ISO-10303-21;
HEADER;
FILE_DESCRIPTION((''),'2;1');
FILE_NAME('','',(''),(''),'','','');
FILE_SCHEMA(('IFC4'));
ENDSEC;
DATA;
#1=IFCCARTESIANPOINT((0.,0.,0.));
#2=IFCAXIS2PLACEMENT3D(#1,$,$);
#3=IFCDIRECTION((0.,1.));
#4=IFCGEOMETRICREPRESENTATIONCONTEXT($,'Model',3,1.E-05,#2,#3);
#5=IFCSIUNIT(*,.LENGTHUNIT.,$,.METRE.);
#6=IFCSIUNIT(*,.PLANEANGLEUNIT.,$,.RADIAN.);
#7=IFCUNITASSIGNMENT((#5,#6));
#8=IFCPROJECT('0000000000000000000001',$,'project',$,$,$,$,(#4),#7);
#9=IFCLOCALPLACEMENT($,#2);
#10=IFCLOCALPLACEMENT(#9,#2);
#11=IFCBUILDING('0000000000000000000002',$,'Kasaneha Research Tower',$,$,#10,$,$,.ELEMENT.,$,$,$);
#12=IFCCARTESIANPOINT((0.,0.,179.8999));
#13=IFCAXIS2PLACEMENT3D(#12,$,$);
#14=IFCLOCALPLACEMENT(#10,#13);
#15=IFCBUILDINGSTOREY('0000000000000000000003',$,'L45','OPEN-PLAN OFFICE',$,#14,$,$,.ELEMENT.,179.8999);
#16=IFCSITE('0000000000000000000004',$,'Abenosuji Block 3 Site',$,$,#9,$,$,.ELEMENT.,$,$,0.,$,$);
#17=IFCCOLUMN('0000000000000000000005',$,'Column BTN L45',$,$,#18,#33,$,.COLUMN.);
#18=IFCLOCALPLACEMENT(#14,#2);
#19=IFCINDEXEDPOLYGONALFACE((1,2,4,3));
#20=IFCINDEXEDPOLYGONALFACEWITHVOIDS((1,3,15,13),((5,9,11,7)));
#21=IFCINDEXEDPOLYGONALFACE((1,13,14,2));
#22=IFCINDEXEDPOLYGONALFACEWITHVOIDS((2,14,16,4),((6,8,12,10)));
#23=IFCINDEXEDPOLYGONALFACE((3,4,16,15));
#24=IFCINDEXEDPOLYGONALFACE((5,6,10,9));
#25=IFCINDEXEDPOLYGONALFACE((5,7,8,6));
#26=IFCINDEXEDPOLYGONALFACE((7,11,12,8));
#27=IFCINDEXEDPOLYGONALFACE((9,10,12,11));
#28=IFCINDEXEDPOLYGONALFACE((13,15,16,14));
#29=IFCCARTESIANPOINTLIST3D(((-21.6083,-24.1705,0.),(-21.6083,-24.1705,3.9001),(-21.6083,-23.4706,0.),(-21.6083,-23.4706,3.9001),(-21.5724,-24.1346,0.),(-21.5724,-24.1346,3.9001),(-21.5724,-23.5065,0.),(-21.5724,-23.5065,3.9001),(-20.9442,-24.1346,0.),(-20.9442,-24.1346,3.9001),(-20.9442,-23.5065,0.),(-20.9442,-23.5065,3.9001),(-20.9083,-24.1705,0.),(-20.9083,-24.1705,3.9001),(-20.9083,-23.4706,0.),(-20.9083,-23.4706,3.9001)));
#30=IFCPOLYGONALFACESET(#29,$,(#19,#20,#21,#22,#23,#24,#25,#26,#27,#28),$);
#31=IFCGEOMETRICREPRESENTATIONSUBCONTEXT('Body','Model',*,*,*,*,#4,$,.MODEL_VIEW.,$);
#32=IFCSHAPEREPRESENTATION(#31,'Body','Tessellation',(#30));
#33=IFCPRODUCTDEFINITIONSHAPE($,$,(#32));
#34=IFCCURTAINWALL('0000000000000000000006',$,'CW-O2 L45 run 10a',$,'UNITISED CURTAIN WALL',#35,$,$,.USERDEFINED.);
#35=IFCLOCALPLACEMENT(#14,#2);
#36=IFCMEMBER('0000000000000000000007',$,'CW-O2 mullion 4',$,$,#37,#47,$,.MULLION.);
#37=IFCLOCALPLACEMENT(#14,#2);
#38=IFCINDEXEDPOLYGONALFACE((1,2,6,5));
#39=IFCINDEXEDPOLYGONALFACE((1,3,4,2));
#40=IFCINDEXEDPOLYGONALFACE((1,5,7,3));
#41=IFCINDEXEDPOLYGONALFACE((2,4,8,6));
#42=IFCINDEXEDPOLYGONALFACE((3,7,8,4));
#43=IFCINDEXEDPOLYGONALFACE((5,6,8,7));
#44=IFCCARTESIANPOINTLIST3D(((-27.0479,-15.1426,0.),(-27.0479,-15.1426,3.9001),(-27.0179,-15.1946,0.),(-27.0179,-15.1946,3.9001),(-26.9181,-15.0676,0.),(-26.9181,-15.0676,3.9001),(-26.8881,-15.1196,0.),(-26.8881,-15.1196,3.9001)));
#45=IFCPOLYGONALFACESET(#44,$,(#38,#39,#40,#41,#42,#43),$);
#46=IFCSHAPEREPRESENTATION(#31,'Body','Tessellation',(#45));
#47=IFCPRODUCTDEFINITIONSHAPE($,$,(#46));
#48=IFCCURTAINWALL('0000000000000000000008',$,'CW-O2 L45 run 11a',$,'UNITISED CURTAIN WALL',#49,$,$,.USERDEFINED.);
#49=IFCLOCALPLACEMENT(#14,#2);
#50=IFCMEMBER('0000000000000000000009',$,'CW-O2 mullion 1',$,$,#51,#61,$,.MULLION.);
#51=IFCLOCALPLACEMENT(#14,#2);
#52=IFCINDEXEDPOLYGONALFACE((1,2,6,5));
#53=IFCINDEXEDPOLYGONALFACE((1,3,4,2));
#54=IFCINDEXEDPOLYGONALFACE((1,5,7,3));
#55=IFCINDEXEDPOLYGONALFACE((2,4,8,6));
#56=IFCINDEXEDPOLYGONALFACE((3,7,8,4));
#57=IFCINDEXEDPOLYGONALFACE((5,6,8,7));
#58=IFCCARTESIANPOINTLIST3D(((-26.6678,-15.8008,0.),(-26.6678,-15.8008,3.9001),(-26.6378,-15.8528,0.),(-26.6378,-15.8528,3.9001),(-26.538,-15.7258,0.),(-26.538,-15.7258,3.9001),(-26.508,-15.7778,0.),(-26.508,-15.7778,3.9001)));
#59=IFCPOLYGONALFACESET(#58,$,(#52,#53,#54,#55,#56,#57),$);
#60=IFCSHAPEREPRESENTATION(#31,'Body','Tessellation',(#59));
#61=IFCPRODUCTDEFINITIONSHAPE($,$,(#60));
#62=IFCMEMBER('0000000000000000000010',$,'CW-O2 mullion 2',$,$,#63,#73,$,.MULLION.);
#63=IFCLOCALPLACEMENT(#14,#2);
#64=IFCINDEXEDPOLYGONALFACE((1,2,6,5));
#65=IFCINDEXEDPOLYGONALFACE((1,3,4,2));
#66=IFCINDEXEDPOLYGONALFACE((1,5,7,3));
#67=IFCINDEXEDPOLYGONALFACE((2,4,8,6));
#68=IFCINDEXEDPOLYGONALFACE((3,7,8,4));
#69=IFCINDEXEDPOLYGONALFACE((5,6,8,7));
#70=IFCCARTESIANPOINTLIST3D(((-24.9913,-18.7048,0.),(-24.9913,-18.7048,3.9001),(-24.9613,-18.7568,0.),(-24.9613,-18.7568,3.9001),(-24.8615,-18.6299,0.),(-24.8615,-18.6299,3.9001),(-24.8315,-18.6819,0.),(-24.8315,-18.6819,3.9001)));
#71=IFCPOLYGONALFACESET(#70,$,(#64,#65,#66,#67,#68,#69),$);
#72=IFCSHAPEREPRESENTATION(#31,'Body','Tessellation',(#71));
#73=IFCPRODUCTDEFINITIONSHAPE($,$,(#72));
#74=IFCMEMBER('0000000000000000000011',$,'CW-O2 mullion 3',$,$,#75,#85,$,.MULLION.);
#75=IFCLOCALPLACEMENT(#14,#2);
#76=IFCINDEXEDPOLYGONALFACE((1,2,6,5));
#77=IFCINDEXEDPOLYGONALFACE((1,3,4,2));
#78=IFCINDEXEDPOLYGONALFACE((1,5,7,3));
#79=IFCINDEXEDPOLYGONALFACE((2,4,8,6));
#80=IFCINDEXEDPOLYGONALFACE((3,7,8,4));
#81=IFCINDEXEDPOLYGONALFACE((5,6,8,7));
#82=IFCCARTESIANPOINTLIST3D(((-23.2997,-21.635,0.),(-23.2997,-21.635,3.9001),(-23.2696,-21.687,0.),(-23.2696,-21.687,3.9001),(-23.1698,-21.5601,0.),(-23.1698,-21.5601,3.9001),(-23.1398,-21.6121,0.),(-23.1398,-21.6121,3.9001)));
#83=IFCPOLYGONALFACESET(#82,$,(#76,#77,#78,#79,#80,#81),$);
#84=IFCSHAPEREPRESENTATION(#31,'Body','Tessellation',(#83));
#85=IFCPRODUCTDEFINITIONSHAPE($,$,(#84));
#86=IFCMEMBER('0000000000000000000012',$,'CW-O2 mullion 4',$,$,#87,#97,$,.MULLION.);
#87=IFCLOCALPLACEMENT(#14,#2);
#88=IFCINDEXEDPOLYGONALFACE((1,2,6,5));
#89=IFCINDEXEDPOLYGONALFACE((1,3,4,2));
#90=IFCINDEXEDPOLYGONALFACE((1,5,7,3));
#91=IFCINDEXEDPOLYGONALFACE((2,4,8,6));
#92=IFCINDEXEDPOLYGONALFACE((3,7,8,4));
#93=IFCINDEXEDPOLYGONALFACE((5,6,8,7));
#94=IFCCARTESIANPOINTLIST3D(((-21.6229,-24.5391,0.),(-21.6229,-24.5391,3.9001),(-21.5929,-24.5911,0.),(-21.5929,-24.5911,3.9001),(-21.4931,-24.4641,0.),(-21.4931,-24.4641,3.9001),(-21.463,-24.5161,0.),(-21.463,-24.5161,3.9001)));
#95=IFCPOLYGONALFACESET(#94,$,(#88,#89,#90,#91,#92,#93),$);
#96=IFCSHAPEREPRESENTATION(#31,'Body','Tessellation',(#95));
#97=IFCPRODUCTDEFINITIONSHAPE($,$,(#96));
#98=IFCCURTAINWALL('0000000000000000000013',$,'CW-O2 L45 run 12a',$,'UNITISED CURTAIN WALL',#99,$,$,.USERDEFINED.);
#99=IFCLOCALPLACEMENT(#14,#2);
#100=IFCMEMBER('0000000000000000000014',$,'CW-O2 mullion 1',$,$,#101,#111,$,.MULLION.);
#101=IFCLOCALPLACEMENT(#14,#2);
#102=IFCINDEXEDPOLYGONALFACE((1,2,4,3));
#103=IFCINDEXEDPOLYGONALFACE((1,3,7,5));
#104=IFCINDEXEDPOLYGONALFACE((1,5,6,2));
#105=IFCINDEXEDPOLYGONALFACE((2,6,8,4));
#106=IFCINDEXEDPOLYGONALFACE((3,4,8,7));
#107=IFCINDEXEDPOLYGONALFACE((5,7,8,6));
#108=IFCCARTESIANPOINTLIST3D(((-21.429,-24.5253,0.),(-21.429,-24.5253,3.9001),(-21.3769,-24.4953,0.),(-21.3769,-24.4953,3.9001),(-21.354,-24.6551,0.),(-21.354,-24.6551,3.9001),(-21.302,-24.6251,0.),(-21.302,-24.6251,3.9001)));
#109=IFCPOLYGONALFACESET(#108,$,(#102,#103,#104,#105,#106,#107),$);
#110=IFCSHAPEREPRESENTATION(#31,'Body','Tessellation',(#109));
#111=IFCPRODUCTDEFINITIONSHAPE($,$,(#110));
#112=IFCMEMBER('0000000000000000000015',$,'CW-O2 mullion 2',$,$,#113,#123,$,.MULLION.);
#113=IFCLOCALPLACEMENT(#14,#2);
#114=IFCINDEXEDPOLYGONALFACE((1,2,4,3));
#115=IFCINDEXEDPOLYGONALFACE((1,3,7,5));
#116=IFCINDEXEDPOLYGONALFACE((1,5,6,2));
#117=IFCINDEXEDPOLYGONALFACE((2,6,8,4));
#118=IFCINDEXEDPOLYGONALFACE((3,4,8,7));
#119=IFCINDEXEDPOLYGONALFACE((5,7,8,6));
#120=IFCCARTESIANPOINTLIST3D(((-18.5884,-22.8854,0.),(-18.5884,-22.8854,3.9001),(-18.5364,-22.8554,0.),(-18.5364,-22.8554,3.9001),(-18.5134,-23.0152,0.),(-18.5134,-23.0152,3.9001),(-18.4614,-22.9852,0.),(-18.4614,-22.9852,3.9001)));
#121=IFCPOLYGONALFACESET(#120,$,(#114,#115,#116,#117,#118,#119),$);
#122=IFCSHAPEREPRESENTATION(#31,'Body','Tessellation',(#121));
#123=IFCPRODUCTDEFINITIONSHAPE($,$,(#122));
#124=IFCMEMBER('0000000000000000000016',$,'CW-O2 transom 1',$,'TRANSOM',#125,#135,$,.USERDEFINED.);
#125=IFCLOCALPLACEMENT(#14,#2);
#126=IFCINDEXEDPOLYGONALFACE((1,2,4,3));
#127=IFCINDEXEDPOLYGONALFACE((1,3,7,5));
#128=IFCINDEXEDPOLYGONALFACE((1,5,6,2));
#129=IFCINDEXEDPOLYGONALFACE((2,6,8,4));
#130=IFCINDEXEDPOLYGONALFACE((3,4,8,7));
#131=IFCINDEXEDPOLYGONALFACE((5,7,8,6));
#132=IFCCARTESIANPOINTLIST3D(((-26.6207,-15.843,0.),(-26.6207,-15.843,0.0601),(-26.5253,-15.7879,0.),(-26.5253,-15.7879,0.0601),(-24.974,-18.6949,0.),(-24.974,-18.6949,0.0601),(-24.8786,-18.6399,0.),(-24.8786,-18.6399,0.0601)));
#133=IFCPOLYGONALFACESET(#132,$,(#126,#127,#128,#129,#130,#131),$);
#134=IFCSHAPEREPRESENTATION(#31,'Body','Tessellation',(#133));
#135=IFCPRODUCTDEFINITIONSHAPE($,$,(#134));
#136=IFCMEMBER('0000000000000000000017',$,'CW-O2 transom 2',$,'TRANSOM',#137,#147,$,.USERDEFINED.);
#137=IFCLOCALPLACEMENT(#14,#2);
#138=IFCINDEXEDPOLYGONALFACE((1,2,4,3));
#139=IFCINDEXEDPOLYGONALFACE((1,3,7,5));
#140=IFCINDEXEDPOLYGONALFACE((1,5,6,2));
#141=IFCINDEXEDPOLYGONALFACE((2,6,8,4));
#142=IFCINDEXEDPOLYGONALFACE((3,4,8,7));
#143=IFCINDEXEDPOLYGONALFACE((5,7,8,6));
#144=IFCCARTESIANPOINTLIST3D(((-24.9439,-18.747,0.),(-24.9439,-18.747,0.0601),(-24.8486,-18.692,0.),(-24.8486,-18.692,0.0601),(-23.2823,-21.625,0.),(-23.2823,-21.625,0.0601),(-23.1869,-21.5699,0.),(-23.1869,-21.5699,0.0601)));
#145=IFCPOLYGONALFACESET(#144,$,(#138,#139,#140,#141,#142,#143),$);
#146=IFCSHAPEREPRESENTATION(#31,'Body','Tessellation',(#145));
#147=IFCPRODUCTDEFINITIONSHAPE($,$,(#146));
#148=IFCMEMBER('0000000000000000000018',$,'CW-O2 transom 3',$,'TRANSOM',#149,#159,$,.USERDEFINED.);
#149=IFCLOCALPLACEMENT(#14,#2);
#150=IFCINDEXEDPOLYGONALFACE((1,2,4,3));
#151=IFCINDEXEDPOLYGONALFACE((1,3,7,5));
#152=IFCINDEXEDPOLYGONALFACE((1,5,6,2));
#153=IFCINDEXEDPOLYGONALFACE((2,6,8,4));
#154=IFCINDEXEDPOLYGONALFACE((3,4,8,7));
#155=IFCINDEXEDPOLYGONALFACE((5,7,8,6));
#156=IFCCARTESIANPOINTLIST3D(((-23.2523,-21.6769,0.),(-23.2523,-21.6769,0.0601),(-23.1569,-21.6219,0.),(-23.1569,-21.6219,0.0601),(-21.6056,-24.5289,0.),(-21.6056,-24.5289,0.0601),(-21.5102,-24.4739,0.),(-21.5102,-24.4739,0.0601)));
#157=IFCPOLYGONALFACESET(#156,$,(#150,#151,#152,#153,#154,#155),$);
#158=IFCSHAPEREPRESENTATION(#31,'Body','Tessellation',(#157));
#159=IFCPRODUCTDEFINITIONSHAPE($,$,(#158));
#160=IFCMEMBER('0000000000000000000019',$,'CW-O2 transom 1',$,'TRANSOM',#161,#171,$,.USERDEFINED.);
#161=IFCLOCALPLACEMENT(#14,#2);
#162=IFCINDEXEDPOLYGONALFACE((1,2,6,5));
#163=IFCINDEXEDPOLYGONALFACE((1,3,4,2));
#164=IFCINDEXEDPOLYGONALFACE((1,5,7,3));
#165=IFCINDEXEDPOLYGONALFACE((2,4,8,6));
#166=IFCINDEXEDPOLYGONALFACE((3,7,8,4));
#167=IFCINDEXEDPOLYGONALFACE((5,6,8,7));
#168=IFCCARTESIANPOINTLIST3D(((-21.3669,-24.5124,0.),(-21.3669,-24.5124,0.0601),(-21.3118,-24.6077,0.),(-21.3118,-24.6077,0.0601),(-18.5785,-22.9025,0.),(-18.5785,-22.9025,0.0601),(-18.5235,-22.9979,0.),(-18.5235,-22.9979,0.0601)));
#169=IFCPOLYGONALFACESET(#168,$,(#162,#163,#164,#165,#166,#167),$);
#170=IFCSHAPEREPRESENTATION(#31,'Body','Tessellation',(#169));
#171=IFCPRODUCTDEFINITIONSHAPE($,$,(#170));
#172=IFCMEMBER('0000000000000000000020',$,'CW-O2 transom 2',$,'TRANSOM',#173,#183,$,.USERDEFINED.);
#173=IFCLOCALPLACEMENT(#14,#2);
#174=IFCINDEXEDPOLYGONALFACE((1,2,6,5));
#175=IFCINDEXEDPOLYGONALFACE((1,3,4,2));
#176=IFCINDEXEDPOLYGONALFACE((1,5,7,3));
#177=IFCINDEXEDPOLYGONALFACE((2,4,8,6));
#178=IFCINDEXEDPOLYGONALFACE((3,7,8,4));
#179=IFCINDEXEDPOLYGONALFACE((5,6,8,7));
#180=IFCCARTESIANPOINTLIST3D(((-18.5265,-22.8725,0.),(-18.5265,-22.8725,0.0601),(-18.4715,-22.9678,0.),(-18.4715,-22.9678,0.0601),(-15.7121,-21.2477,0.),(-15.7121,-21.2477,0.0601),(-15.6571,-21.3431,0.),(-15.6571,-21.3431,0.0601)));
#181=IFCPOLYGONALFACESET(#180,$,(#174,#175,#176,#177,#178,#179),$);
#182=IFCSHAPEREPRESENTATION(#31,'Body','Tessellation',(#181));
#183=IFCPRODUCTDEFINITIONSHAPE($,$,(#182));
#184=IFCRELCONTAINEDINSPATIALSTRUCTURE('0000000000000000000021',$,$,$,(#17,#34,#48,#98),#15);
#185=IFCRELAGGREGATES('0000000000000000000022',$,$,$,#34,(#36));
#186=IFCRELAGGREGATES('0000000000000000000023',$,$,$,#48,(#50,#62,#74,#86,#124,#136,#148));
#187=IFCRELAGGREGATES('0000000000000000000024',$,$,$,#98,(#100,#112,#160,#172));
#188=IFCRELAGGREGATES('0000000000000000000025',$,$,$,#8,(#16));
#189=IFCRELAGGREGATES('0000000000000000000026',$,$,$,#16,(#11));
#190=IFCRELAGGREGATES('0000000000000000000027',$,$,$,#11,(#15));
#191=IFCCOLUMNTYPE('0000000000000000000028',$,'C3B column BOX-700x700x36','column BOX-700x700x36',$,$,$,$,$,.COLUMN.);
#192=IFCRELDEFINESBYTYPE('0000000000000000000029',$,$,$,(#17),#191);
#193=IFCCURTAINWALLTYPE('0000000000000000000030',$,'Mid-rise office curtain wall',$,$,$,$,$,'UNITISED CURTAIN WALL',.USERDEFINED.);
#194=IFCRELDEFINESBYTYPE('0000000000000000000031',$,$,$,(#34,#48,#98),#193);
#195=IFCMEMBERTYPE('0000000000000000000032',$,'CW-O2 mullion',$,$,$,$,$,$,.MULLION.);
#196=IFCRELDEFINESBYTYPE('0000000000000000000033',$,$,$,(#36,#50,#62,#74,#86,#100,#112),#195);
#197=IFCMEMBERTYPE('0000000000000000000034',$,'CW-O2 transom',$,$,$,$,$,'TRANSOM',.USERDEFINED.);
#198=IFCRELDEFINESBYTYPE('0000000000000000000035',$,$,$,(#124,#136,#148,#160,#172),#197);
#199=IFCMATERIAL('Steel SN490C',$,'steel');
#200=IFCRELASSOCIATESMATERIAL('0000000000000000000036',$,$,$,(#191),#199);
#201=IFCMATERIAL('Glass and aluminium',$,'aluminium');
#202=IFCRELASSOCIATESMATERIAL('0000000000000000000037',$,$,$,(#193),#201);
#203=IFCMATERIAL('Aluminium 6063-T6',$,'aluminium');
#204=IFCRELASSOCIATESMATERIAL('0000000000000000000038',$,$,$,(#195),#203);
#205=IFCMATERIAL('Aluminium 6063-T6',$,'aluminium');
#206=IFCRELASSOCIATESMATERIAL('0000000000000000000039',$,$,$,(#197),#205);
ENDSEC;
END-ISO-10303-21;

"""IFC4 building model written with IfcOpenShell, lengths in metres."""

from ifc_helpers import new_model, si_unit, direction, frame, origin, origin_2d, place, context, subcontext, project, spatial, rectangle, hollow_rectangle, extrude, material, material_profile, profile_set, type_object, element, aggregate, save


model = new_model("IFC4")

# Units and contexts
model_context = context("Model", 3, precision=1e-05, world=origin(), true_north=direction((0.0, 1.0)))
body_context = subcontext(model_context, "Body", "Model", "MODEL_VIEW")
ifc_project = project(units=[si_unit("LENGTHUNIT", "METRE"), si_unit("PLANEANGLEUNIT", "RADIAN")], contexts=[model_context])

# Site, building, storey
site_placement = place(None, origin())
site = spatial("IfcSite", under=ifc_project, at=site_placement, Name="Abenosuji Block 3 Site", CompositionType="ELEMENT", RefElevation=0.0)
building_placement = place(site_placement, origin())
building = spatial("IfcBuilding", under=site, at=building_placement, Name="Kasaneha Research Tower", CompositionType="ELEMENT")
storey_placement = place(building_placement, frame((0.0, 0.0, 179.8999)))
storey = spatial("IfcBuildingStorey", under=building, at=storey_placement, Name="L45", Description="OPEN-PLAN OFFICE", CompositionType="ELEMENT", Elevation=179.8999)

# Column
ifc_material_1 = material(Name="Steel SN490C", Category="steel")
ifc_material_profile_1 = material_profile(ifc_material_1, hollow_rectangle(XDim=0.7, YDim=0.7, WallThickness=0.0359, at=origin_2d()), Name="BOX-700x700x36")
ifc_profile_set_1 = profile_set([ifc_material_profile_1], Name="Steel SN490C")
column_type = type_object("IfcColumnType", Name="C3B column BOX-700x700x36", Description="column BOX-700x700x36", PredefinedType="COLUMN", material=ifc_profile_set_1)
column_placement = place(storey_placement, frame((-21.2583, -23.8206, 0.0), z_axis=(0.0, 0.0, 1.0), x_axis=(1.0, 0.0, 0.0)))
element("IfcColumn", 1, at=column_placement, inside=storey, type_object=column_type, Name="Column BTN L45", PredefinedType="COLUMN", context=body_context, shape_type="SweptSolid", body=[
    extrude(hollow_rectangle(XDim=0.7, YDim=0.7, WallThickness=0.0359, at=origin_2d()), origin(), (0.0, 0.0, 1.0), 3.9001),
])

# Curtain wall, member
ifc_material_2 = material(Name="Glass and aluminium", Category="aluminium")
curtain_wall_type = type_object("IfcCurtainWallType", Name="Mid-rise office curtain wall", ElementType="UNITISED CURTAIN WALL", PredefinedType="USERDEFINED", material=ifc_material_2)
curtain_wall_1_placement = place(storey_placement, origin())
curtain_wall_1 = element("IfcCurtainWall", 2, at=curtain_wall_1_placement, inside=storey, type_object=curtain_wall_type, Name="CW-O2 L45 run 10a", ObjectType="UNITISED CURTAIN WALL", PredefinedType="USERDEFINED")
ifc_material_3 = material(Name="Aluminium 6063-T6", Category="aluminium")
ifc_material_profile_2 = material_profile(ifc_material_3, rectangle(XDim=0.0601, YDim=0.1499, at=origin_2d()), Name="CW-O2 mullion 60x150")
ifc_profile_set_2 = profile_set([ifc_material_profile_2], Name="Aluminium 6063-T6")
member_type_1 = type_object("IfcMemberType", Name="CW-O2 mullion", PredefinedType="MULLION", material=ifc_profile_set_2)
member_1_placement = place(storey_placement, frame((-26.968, -15.1311, 0.0), z_axis=(0.0, 0.0, 1.0), x_axis=(0.5, -0.866025, 0.0)))
member_1 = element("IfcMember", 3, at=member_1_placement, type_object=member_type_1, Name="CW-O2 mullion 4", PredefinedType="MULLION", context=body_context, shape_type="SweptSolid", body=[
    extrude(rectangle(XDim=0.0601, YDim=0.1499, at=origin_2d()), origin(), (0.0, 0.0, 1.0), 3.9001),
])
aggregate(curtain_wall_1, [member_1])

# Curtain walls, members
curtain_wall_2_placement = place(storey_placement, origin())
curtain_wall_2 = element("IfcCurtainWall", 4, at=curtain_wall_2_placement, inside=storey, type_object=curtain_wall_type, Name="CW-O2 L45 run 11a", ObjectType="UNITISED CURTAIN WALL", PredefinedType="USERDEFINED")
member_2_placement = place(storey_placement, frame((-26.5879, -15.7893, 0.0), z_axis=(0.0, 0.0, 1.0), x_axis=(0.5, -0.866025, 0.0)))
member_2 = element("IfcMember", 5, at=member_2_placement, type_object=member_type_1, Name="CW-O2 mullion 1", PredefinedType="MULLION", context=body_context, shape_type="SweptSolid", body=[
    extrude(rectangle(XDim=0.0601, YDim=0.1499, at=origin_2d()), origin(), (0.0, 0.0, 1.0), 3.9001),
])
member_3_placement = place(storey_placement, frame((-24.9114, -18.6934, 0.0), z_axis=(0.0, 0.0, 1.0), x_axis=(0.5, -0.866025, 0.0)))
member_3 = element("IfcMember", 6, at=member_3_placement, type_object=member_type_1, Name="CW-O2 mullion 2", PredefinedType="MULLION", context=body_context, shape_type="SweptSolid", body=[
    extrude(rectangle(XDim=0.0601, YDim=0.1499, at=origin_2d()), origin(), (0.0, 0.0, 1.0), 3.9001),
])
member_4_placement = place(storey_placement, frame((-23.2197, -21.6235, 0.0), z_axis=(0.0, 0.0, 1.0), x_axis=(0.5, -0.866025, 0.0)))
member_4 = element("IfcMember", 7, at=member_4_placement, type_object=member_type_1, Name="CW-O2 mullion 3", PredefinedType="MULLION", context=body_context, shape_type="SweptSolid", body=[
    extrude(rectangle(XDim=0.0601, YDim=0.1499, at=origin_2d()), origin(), (0.0, 0.0, 1.0), 3.9001),
])
member_5_placement = place(storey_placement, frame((-21.543, -24.5276, 0.0), z_axis=(0.0, 0.0, 1.0), x_axis=(0.5, -0.866025, 0.0)))
member_5 = element("IfcMember", 8, at=member_5_placement, type_object=member_type_1, Name="CW-O2 mullion 4", PredefinedType="MULLION", context=body_context, shape_type="SweptSolid", body=[
    extrude(rectangle(XDim=0.0601, YDim=0.1499, at=origin_2d()), origin(), (0.0, 0.0, 1.0), 3.9001),
])
curtain_wall_3_placement = place(storey_placement, origin())
curtain_wall_3 = element("IfcCurtainWall", 9, at=curtain_wall_3_placement, inside=storey, type_object=curtain_wall_type, Name="CW-O2 L45 run 12a", ObjectType="UNITISED CURTAIN WALL", PredefinedType="USERDEFINED")
member_6_placement = place(storey_placement, frame((-21.3655, -24.5752, 0.0), z_axis=(0.0, 0.0, 1.0), x_axis=(0.866025, 0.5, 0.0)))
member_6 = element("IfcMember", 10, at=member_6_placement, type_object=member_type_1, Name="CW-O2 mullion 1", PredefinedType="MULLION", context=body_context, shape_type="SweptSolid", body=[
    extrude(rectangle(XDim=0.0601, YDim=0.1499, at=origin_2d()), origin(), (0.0, 0.0, 1.0), 3.9001),
])
member_7_placement = place(storey_placement, frame((-18.5249, -22.9353, 0.0), z_axis=(0.0, 0.0, 1.0), x_axis=(0.866025, 0.5, 0.0)))
member_7 = element("IfcMember", 11, at=member_7_placement, type_object=member_type_1, Name="CW-O2 mullion 2", PredefinedType="MULLION", context=body_context, shape_type="SweptSolid", body=[
    extrude(rectangle(XDim=0.0601, YDim=0.1499, at=origin_2d()), origin(), (0.0, 0.0, 1.0), 3.9001),
])

# Members
ifc_material_4 = material(Name="Aluminium 6063-T6", Category="aluminium")
ifc_material_profile_3 = material_profile(ifc_material_4, rectangle(XDim=0.1101, YDim=0.0601, at=origin_2d()), Name="CW-O2 transom 110x60")
ifc_profile_set_3 = profile_set([ifc_material_profile_3], Name="Aluminium 6063-T6")
member_type_2 = type_object("IfcMemberType", Name="CW-O2 transom", ElementType="TRANSOM", PredefinedType="USERDEFINED", material=ifc_profile_set_3)
member_8_placement = place(storey_placement, frame((-26.573, -15.8154, 0.03), z_axis=(0.500022, -0.866013, 0.0), x_axis=(0.866013, 0.500022, 0.0)))
member_8 = element("IfcMember", 12, at=member_8_placement, type_object=member_type_2, Name="CW-O2 transom 1", ObjectType="TRANSOM", PredefinedType="USERDEFINED", context=body_context, shape_type="SweptSolid", body=[
    extrude(rectangle(XDim=0.1101, YDim=0.0601, at=origin_2d()), origin(), (0.0, 0.0, 1.0), 3.2932),
])
member_9_placement = place(storey_placement, frame((-24.8962, -18.7195, 0.03), z_axis=(0.500011, -0.866019, 0.0), x_axis=(0.866019, 0.500011, 0.0)))
member_9 = element("IfcMember", 13, at=member_9_placement, type_object=member_type_2, Name="CW-O2 transom 2", ObjectType="TRANSOM", PredefinedType="USERDEFINED", context=body_context, shape_type="SweptSolid", body=[
    extrude(rectangle(XDim=0.1101, YDim=0.0601, at=origin_2d()), origin(), (0.0, 0.0, 1.0), 3.3232),
])
member_10_placement = place(storey_placement, frame((-23.2046, -21.6494, 0.03), z_axis=(0.500022, -0.866013, 0.0), x_axis=(0.866013, 0.500022, 0.0)))
member_10 = element("IfcMember", 14, at=member_10_placement, type_object=member_type_2, Name="CW-O2 transom 3", ObjectType="TRANSOM", PredefinedType="USERDEFINED", context=body_context, shape_type="SweptSolid", body=[
    extrude(rectangle(XDim=0.1101, YDim=0.0601, at=origin_2d()), origin(), (0.0, 0.0, 1.0), 3.2932),
])
member_11_placement = place(storey_placement, frame((-21.3394, -24.5601, 0.03), z_axis=(0.866023, 0.500005, 0.0), x_axis=(-0.500005, 0.866023, 0.0)))
member_11 = element("IfcMember", 15, at=member_11_placement, type_object=member_type_2, Name="CW-O2 transom 1", ObjectType="TRANSOM", PredefinedType="USERDEFINED", context=body_context, shape_type="SweptSolid", body=[
    extrude(rectangle(XDim=0.1101, YDim=0.0601, at=origin_2d()), origin(), (0.0, 0.0, 1.0), 3.2197),
])
member_12_placement = place(storey_placement, frame((-18.499, -22.9202, 0.03), z_axis=(0.866048, 0.499961, 0.0), x_axis=(-0.499961, 0.866048, 0.0)))
member_12 = element("IfcMember", 16, at=member_12_placement, type_object=member_type_2, Name="CW-O2 transom 2", ObjectType="TRANSOM", PredefinedType="USERDEFINED", context=body_context, shape_type="SweptSolid", body=[
    extrude(rectangle(XDim=0.1101, YDim=0.0601, at=origin_2d()), origin(), (0.0, 0.0, 1.0), 3.2498),
])

aggregate(curtain_wall_2, [member_2, member_3, member_4, member_5, member_8, member_9, member_10])
aggregate(curtain_wall_3, [member_6, member_7, member_11, member_12])

save(model, "model.ifc")
